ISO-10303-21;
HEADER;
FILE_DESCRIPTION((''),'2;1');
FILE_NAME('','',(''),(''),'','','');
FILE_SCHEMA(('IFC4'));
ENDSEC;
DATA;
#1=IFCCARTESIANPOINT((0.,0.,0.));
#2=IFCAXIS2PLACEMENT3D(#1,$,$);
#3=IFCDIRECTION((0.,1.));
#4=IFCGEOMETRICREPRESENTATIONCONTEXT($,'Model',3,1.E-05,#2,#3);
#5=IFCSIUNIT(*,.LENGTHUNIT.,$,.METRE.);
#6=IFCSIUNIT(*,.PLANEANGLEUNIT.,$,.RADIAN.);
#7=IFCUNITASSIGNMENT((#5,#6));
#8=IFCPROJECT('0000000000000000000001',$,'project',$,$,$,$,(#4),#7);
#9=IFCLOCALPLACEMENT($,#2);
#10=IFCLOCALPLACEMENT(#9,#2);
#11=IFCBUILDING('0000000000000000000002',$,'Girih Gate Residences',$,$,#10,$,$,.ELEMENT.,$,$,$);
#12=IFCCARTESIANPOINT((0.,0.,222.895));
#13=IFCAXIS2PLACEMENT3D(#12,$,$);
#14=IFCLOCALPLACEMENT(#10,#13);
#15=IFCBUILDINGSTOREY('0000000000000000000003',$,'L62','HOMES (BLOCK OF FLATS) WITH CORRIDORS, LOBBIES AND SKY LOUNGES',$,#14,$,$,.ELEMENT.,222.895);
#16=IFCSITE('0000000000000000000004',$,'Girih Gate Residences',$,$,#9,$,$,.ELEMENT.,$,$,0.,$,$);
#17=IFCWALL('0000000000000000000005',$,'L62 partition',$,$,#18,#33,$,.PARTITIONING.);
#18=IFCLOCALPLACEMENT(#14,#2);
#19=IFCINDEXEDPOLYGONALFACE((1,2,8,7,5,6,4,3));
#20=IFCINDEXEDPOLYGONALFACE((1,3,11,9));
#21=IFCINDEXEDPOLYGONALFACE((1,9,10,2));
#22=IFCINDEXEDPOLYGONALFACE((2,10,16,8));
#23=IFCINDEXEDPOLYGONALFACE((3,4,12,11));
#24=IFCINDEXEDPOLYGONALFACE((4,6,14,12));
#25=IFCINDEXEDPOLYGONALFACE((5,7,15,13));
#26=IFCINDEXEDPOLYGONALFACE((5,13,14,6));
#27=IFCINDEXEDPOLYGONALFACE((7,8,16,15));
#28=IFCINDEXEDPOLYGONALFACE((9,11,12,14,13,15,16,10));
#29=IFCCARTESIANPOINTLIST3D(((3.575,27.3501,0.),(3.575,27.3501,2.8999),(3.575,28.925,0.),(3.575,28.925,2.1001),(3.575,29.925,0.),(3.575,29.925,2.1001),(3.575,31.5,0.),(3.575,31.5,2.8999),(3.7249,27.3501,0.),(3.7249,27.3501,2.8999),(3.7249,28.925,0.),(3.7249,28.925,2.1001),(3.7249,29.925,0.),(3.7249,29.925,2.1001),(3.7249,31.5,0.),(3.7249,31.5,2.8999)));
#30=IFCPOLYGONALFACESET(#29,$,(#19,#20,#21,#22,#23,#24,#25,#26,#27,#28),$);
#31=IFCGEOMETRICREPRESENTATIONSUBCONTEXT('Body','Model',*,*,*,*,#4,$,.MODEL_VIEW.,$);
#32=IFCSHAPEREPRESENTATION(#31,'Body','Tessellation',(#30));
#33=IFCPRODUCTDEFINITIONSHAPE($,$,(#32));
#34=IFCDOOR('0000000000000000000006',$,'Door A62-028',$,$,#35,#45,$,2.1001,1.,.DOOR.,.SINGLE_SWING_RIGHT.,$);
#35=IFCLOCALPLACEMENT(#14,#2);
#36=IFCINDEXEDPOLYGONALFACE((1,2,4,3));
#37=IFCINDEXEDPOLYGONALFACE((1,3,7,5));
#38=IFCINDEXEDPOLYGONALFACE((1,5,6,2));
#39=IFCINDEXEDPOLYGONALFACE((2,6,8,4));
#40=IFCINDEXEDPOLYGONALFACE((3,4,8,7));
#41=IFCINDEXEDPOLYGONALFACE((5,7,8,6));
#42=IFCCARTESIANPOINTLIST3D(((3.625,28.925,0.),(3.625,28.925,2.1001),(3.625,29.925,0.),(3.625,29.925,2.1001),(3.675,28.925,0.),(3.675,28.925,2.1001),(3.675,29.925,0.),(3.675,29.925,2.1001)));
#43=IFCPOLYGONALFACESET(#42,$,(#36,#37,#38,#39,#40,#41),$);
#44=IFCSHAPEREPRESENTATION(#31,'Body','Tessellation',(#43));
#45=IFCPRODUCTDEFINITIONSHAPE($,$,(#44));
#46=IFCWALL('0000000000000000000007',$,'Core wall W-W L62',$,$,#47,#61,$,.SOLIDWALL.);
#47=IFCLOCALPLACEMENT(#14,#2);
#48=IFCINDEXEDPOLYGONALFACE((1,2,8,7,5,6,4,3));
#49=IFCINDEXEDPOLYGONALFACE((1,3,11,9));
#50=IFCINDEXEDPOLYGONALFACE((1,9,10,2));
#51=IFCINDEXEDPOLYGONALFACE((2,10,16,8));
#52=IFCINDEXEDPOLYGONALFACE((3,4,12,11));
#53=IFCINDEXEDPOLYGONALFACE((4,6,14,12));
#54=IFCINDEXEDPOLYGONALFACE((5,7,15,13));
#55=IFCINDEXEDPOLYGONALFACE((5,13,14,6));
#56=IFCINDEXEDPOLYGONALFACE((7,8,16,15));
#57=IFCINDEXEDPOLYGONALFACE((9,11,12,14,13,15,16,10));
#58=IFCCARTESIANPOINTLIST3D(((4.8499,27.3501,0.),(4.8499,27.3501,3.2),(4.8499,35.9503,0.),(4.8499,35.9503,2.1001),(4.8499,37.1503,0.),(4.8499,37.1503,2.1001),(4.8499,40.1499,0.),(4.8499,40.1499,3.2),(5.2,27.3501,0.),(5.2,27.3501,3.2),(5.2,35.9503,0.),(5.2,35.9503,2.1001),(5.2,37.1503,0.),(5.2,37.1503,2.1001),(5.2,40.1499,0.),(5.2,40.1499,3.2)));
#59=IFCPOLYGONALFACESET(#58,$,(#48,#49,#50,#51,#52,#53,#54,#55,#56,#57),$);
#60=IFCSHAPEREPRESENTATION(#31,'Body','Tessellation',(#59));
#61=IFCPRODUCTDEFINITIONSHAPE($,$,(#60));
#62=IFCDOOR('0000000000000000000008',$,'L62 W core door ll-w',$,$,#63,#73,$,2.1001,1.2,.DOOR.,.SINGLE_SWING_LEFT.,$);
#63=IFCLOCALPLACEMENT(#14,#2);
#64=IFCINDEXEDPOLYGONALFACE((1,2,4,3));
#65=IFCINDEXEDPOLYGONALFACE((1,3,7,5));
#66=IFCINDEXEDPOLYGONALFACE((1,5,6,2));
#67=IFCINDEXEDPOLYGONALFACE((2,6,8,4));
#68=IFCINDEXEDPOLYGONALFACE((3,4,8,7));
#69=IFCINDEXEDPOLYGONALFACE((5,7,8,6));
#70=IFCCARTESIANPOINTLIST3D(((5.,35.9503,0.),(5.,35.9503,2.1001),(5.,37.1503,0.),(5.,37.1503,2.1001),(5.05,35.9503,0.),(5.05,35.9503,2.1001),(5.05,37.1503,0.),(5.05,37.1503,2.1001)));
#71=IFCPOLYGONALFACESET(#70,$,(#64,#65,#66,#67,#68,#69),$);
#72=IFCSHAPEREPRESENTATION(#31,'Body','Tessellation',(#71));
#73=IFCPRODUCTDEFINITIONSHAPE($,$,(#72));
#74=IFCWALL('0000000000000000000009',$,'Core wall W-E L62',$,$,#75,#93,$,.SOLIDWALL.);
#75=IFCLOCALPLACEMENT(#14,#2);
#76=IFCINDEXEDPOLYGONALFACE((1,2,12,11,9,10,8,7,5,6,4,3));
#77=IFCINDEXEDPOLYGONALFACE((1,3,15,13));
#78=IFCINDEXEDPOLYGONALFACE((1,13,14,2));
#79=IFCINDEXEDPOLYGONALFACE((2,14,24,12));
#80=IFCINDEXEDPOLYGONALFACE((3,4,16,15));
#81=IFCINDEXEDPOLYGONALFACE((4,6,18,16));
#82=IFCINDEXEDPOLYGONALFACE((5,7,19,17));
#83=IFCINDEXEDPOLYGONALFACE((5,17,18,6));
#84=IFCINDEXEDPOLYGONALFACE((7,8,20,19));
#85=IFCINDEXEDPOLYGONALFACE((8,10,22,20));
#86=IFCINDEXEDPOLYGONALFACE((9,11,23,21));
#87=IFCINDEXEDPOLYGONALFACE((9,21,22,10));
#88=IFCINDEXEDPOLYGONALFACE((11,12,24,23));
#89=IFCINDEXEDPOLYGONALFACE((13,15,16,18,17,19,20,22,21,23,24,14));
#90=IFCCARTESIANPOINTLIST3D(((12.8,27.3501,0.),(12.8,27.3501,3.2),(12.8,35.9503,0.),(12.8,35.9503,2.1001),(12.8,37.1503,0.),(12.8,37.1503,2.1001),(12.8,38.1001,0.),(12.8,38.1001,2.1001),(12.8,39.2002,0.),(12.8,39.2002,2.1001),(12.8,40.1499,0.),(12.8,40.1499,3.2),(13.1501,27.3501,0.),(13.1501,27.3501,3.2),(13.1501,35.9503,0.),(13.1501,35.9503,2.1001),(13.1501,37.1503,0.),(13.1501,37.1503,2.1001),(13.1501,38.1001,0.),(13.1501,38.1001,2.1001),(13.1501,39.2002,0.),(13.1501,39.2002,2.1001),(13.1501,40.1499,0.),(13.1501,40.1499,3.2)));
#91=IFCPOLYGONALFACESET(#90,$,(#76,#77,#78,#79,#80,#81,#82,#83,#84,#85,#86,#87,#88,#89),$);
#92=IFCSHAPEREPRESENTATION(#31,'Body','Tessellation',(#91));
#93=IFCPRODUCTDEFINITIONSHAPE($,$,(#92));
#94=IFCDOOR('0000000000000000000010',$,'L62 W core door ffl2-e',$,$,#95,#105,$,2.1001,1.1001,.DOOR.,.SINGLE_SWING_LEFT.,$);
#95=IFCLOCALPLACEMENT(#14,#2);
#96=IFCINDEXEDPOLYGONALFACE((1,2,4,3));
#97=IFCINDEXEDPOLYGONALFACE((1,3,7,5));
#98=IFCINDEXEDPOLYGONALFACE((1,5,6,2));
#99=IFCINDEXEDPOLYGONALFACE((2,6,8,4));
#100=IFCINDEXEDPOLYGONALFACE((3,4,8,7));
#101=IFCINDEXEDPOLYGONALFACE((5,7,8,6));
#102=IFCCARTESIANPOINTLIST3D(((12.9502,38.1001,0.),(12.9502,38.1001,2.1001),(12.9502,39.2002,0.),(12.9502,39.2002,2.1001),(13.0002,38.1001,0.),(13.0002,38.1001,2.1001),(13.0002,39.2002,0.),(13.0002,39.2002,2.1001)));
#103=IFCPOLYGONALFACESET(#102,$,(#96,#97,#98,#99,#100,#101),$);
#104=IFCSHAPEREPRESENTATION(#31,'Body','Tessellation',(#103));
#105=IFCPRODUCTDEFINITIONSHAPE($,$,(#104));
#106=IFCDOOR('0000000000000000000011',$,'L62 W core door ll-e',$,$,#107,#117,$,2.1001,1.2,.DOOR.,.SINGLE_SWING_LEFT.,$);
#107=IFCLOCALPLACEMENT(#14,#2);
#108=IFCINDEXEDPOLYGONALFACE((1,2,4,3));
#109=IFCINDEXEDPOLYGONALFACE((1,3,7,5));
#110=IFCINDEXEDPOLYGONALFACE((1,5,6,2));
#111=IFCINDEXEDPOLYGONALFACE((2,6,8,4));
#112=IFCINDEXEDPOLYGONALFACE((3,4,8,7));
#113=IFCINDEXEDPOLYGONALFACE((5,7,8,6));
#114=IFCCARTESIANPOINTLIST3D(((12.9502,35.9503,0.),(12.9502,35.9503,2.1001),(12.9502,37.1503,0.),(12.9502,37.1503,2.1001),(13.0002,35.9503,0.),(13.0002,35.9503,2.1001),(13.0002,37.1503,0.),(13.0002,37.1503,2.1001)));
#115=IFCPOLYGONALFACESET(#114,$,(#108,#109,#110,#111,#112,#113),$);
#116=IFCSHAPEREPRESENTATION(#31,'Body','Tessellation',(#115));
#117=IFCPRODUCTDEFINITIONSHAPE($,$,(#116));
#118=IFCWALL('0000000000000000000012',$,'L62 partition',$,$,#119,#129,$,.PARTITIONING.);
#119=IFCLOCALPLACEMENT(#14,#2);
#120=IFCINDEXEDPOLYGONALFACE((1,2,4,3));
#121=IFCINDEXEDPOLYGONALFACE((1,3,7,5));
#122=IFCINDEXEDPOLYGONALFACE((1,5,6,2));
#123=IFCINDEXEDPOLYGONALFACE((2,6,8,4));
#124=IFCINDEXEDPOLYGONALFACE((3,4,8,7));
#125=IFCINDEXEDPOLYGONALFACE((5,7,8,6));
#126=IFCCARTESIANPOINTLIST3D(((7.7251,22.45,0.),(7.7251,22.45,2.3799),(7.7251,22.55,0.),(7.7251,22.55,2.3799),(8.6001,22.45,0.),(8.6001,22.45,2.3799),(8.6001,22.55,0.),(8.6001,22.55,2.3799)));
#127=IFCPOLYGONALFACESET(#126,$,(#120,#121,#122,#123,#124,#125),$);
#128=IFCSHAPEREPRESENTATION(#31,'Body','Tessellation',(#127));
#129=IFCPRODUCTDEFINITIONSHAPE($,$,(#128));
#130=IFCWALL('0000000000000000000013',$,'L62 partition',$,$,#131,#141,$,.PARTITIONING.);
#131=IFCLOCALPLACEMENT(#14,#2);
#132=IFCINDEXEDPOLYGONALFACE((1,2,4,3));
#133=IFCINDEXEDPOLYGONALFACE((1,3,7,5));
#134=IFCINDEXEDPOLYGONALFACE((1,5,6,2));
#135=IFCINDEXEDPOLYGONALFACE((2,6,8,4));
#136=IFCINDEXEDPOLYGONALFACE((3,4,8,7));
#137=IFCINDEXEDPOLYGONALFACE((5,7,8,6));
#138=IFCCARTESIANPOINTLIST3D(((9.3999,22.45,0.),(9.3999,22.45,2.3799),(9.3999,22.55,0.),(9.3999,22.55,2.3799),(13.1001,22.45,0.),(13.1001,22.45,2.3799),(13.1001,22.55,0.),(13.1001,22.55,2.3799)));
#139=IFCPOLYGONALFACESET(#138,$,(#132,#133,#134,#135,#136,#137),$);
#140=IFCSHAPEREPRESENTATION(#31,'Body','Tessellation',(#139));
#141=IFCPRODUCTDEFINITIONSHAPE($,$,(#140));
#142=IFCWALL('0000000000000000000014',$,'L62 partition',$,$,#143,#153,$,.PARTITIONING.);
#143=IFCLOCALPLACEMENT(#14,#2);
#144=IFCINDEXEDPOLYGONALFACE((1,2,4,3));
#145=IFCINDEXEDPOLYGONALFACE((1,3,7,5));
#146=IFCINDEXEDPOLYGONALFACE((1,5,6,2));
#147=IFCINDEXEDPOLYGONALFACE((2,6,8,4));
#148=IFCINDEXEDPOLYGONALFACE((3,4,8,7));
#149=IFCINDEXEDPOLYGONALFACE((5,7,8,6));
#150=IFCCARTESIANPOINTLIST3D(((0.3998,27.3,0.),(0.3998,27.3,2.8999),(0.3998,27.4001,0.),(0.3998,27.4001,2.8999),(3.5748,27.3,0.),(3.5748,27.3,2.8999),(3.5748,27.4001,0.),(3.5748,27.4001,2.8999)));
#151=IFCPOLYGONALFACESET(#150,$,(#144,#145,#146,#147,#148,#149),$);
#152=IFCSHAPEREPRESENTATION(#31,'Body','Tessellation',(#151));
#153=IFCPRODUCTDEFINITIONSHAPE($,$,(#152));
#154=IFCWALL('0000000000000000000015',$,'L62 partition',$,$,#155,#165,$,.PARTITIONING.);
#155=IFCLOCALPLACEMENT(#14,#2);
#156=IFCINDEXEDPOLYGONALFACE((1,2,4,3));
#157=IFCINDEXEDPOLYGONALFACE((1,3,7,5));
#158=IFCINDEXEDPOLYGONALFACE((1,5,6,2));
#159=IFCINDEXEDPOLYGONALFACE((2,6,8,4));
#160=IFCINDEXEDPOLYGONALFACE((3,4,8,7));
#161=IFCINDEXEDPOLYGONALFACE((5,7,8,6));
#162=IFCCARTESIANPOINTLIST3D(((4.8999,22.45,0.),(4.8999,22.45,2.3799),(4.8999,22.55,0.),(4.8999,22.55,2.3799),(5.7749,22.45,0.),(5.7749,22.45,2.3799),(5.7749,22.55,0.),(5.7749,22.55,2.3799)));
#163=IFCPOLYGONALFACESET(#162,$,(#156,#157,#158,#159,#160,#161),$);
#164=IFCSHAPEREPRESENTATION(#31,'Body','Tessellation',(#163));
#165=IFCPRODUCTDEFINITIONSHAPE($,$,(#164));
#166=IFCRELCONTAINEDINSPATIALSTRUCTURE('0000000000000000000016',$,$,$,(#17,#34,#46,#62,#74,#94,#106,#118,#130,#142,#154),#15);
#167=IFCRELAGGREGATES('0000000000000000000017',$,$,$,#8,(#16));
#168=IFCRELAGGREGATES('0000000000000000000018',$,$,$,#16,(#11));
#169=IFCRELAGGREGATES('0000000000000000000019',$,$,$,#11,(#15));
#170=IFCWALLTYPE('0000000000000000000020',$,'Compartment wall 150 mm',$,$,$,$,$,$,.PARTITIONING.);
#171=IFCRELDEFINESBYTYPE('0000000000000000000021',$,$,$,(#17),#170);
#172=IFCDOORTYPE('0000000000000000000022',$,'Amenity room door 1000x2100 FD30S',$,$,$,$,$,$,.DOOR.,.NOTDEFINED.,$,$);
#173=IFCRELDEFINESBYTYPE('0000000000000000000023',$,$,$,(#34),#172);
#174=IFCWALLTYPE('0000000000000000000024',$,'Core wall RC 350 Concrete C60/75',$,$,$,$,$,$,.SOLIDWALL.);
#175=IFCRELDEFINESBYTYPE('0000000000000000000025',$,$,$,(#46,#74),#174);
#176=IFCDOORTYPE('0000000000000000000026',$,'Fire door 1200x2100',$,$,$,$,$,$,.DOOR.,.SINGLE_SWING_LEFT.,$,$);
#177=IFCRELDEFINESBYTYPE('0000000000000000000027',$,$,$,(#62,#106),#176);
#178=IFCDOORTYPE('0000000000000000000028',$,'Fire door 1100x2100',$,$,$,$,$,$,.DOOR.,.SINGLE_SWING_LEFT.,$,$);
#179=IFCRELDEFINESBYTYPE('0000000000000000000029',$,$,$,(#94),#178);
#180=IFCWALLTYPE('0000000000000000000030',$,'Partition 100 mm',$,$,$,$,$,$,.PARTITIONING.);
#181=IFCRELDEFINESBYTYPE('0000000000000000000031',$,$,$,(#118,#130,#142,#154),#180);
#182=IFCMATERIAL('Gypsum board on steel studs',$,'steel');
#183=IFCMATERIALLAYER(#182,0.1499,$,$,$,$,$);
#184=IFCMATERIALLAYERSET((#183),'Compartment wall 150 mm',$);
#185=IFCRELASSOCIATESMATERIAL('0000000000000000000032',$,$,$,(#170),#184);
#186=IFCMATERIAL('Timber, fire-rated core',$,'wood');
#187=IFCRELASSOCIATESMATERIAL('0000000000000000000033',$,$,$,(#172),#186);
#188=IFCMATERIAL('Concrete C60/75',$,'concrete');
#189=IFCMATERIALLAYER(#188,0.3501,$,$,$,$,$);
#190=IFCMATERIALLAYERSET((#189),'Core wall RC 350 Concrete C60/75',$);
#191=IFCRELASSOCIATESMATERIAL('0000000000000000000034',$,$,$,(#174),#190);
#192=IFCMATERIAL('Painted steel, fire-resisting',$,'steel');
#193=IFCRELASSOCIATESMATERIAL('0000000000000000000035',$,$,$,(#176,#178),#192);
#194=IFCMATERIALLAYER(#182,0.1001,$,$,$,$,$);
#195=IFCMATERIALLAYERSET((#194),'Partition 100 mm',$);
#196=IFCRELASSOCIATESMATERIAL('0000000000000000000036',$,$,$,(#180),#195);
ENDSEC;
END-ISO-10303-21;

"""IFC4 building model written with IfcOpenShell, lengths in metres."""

from ifc_helpers import new_model, si_unit, direction, frame, frame_2d, origin, place, context, subcontext, project, spatial, rectangle, extrude, material, layer, layer_set, type_object, element, fill, save


model = new_model("IFC4")

# Units and contexts
model_context = context("Model", 3, precision=1e-05, world=origin(), true_north=direction((0.0, 1.0)))
body_context = subcontext(model_context, "Body", "Model", "MODEL_VIEW")
ifc_project = project(units=[si_unit("LENGTHUNIT", "METRE"), si_unit("PLANEANGLEUNIT", "RADIAN")], contexts=[model_context])

# Site, building, storey
site_placement = place(None, origin())
site = spatial("IfcSite", under=ifc_project, at=site_placement, Name="Girih Gate Residences", CompositionType="ELEMENT", RefElevation=0.0)
building_placement = place(site_placement, origin())
building = spatial("IfcBuilding", under=site, at=building_placement, Name="Girih Gate Residences", CompositionType="ELEMENT")
storey_placement = place(building_placement, frame((0.0, 0.0, 222.895)))
storey = spatial("IfcBuildingStorey", under=building, at=storey_placement, Name="L62", Description="HOMES (BLOCK OF FLATS) WITH CORRIDORS, LOBBIES AND SKY LOUNGES", CompositionType="ELEMENT", Elevation=222.895)

# Shared definitions
ifc_material_1 = material(Name="Concrete C60/75", Category="concrete")

# Shared definitions
ifc_material_2 = material(Name="Gypsum board on steel studs", Category="steel")
ifc_layer_1 = layer(ifc_material_2, 0.1499)
ifc_layer_set_1 = layer_set([ifc_layer_1], Name="Compartment wall 150 mm")
wall_type_1 = type_object("IfcWallType", Name="Compartment wall 150 mm", PredefinedType="PARTITIONING", material=ifc_layer_set_1)
ifc_material_3 = material(Name="Timber, fire-rated core", Category="wood")
door_type_1 = type_object("IfcDoorType", Name="Amenity room door 1000x2100 FD30S", OperationType="NOTDEFINED", PredefinedType="DOOR", material=ifc_material_3)

# Walls, openings, doors
wall_1_placement = place(storey_placement, frame((3.6499, 27.3501, 0.0), z_axis=(0.0, 0.0, 1.0), x_axis=(0.0, 1.0, 0.0)))
wall_1 = element("IfcWall", 1, at=wall_1_placement, inside=storey, type_object=wall_type_1, Name="L62 partition", PredefinedType="PARTITIONING", context=body_context, shape_type="SweptSolid", body=[
    extrude(rectangle(XDim=4.1499, YDim=0.1499, at=frame_2d((2.075, 0.0))), origin(), (0.0, 0.0, 1.0), 2.8999),
])
opening_1_placement = place(wall_1_placement, frame((1.575, 0.0, 0.0)))
opening_1 = element("IfcOpeningElement", 2, at=opening_1_placement, cuts=wall_1, PredefinedType="OPENING", context=body_context, shape_type="SweptSolid", body=[
    extrude(rectangle(XDim=1.0, YDim=2.1001, at=frame_2d((0.5, 1.05))), frame((0.0, 0.085, 0.0), z_axis=(0.0, -1.0, 0.0), x_axis=(1.0, 0.0, 0.0)), (0.0, 0.0, 1.0), 0.1699),
])
door_1_placement = place(opening_1_placement, origin())
door_1 = element("IfcDoor", 3, at=door_1_placement, inside=storey, type_object=door_type_1, Name="Door A62-028", OperationType="SINGLE_SWING_RIGHT", OverallHeight=2.1001, OverallWidth=1.0, PredefinedType="DOOR", context=body_context, shape_type="SweptSolid", body=[
    extrude(rectangle(XDim=1.0, YDim=2.1001, at=frame_2d((0.5, 1.05))), frame((0.0, 0.0249, 0.0), z_axis=(0.0, -1.0, 0.0), x_axis=(1.0, 0.0, 0.0)), (0.0, 0.0, 1.0), 0.05),
])
fill(opening_1, door_1)
ifc_layer_2 = layer(ifc_material_1, 0.3501)
ifc_layer_set_2 = layer_set([ifc_layer_2], Name="Core wall RC 350 Concrete C60/75")
wall_type_2 = type_object("IfcWallType", Name="Core wall RC 350 Concrete C60/75", PredefinedType="SOLIDWALL", material=ifc_layer_set_2)
wall_2_placement = place(storey_placement, frame((5.0249, 27.3501, 0.0), z_axis=(0.0, 0.0, 1.0), x_axis=(0.0, 1.0, 0.0)))
wall_2 = element("IfcWall", 4, at=wall_2_placement, inside=storey, type_object=wall_type_2, Name="Core wall W-W L62", PredefinedType="SOLIDWALL", context=body_context, shape_type="SweptSolid", body=[
    extrude(rectangle(XDim=12.7998, YDim=0.3501, at=frame_2d((6.3999, 0.0))), origin(), (0.0, 0.0, 1.0), 3.2),
])
opening_2_placement = place(wall_2_placement, frame((8.6001, 0.0, 0.0)))
opening_2 = element("IfcOpeningElement", 5, at=opening_2_placement, cuts=wall_2, PredefinedType="OPENING", context=body_context, shape_type="SweptSolid", body=[
    extrude(rectangle(XDim=1.2, YDim=2.1001, at=frame_2d((0.6001, 1.05))), frame((0.0, 0.1851, 0.0), z_axis=(0.0, -1.0, 0.0), x_axis=(1.0, 0.0, 0.0)), (0.0, 0.0, 1.0), 0.3701),
])
ifc_material_4 = material(Name="Painted steel, fire-resisting", Category="steel")
door_type_2 = type_object("IfcDoorType", Name="Fire door 1200x2100", OperationType="SINGLE_SWING_LEFT", PredefinedType="DOOR", material=ifc_material_4)
door_2_placement = place(opening_2_placement, origin())
door_2 = element("IfcDoor", 6, at=door_2_placement, inside=storey, type_object=door_type_2, Name="L62 W core door ll-w", OperationType="SINGLE_SWING_LEFT", OverallHeight=2.1001, OverallWidth=1.2, PredefinedType="DOOR", context=body_context, shape_type="SweptSolid", body=[
    extrude(rectangle(XDim=1.2, YDim=2.1001, at=frame_2d((0.6001, 1.05))), frame((0.0, 0.0249, 0.0), z_axis=(0.0, -1.0, 0.0), x_axis=(1.0, 0.0, 0.0)), (0.0, 0.0, 1.0), 0.05),
])
fill(opening_2, door_2)

# Wall, openings, doors
wall_3_placement = place(storey_placement, frame((12.9751, 27.3501, 0.0), z_axis=(0.0, 0.0, 1.0), x_axis=(0.0, 1.0, 0.0)))
wall_3 = element("IfcWall", 7, at=wall_3_placement, inside=storey, type_object=wall_type_2, Name="Core wall W-E L62", PredefinedType="SOLIDWALL", context=body_context, shape_type="SweptSolid", body=[
    extrude(rectangle(XDim=12.7998, YDim=0.3501, at=frame_2d((6.3999, 0.0))), origin(), (0.0, 0.0, 1.0), 3.2),
])
opening_3_placement = place(wall_3_placement, frame((10.75, 0.0, 0.0)))
opening_3 = element("IfcOpeningElement", 8, at=opening_3_placement, cuts=wall_3, PredefinedType="OPENING", context=body_context, shape_type="SweptSolid", body=[
    extrude(rectangle(XDim=1.1001, YDim=2.1001, at=frame_2d((0.55, 1.05))), frame((0.0, 0.1851, 0.0), z_axis=(0.0, -1.0, 0.0), x_axis=(1.0, 0.0, 0.0)), (0.0, 0.0, 1.0), 0.3701),
])
opening_4_placement = place(wall_3_placement, frame((8.6001, 0.0, 0.0)))
opening_4 = element("IfcOpeningElement", 9, at=opening_4_placement, cuts=wall_3, PredefinedType="OPENING", context=body_context, shape_type="SweptSolid", body=[
    extrude(rectangle(XDim=1.2, YDim=2.1001, at=frame_2d((0.6001, 1.05))), frame((0.0, 0.1851, 0.0), z_axis=(0.0, -1.0, 0.0), x_axis=(1.0, 0.0, 0.0)), (0.0, 0.0, 1.0), 0.3701),
])
door_type_3 = type_object("IfcDoorType", Name="Fire door 1100x2100", OperationType="SINGLE_SWING_LEFT", PredefinedType="DOOR", material=ifc_material_4)
door_3_placement = place(opening_3_placement, origin())
door_3 = element("IfcDoor", 10, at=door_3_placement, inside=storey, type_object=door_type_3, Name="L62 W core door ffl2-e", OperationType="SINGLE_SWING_LEFT", OverallHeight=2.1001, OverallWidth=1.1001, PredefinedType="DOOR", context=body_context, shape_type="SweptSolid", body=[
    extrude(rectangle(XDim=1.1001, YDim=2.1001, at=frame_2d((0.55, 1.05))), frame((0.0, 0.0249, 0.0), z_axis=(0.0, -1.0, 0.0), x_axis=(1.0, 0.0, 0.0)), (0.0, 0.0, 1.0), 0.05),
])
fill(opening_3, door_3)
door_4_placement = place(opening_4_placement, origin())
door_4 = element("IfcDoor", 11, at=door_4_placement, inside=storey, type_object=door_type_2, Name="L62 W core door ll-e", OperationType="SINGLE_SWING_LEFT", OverallHeight=2.1001, OverallWidth=1.2, PredefinedType="DOOR", context=body_context, shape_type="SweptSolid", body=[
    extrude(rectangle(XDim=1.2, YDim=2.1001, at=frame_2d((0.6001, 1.05))), frame((0.0, 0.0249, 0.0), z_axis=(0.0, -1.0, 0.0), x_axis=(1.0, 0.0, 0.0)), (0.0, 0.0, 1.0), 0.05),
])
fill(opening_4, door_4)

# Walls
ifc_layer_3 = layer(ifc_material_2, 0.1001)
ifc_layer_set_3 = layer_set([ifc_layer_3], Name="Partition 100 mm")
wall_type_3 = type_object("IfcWallType", Name="Partition 100 mm", PredefinedType="PARTITIONING", material=ifc_layer_set_3)
wall_4_placement = place(storey_placement, frame((7.7251, 22.5, 0.0), z_axis=(0.0, 0.0, 1.0), x_axis=(1.0, 0.0, 0.0)))
element("IfcWall", 12, at=wall_4_placement, inside=storey, type_object=wall_type_3, Name="L62 partition", PredefinedType="PARTITIONING", context=body_context, shape_type="SweptSolid", body=[
    extrude(rectangle(XDim=0.875, YDim=0.1001, at=frame_2d((0.4375, 0.0))), origin(), (0.0, 0.0, 1.0), 2.3799),
])
wall_5_placement = place(storey_placement, frame((9.3999, 22.5, 0.0), z_axis=(0.0, 0.0, 1.0), x_axis=(1.0, 0.0, 0.0)))
element("IfcWall", 13, at=wall_5_placement, inside=storey, type_object=wall_type_3, Name="L62 partition", PredefinedType="PARTITIONING", context=body_context, shape_type="SweptSolid", body=[
    extrude(rectangle(XDim=3.7002, YDim=0.1001, at=frame_2d((1.8501, 0.0))), origin(), (0.0, 0.0, 1.0), 2.3799),
])
wall_6_placement = place(storey_placement, frame((0.3999, 27.3501, 0.0), z_axis=(0.0, 0.0, 1.0), x_axis=(1.0, 0.0, 0.0)))
element("IfcWall", 14, at=wall_6_placement, inside=storey, type_object=wall_type_3, Name="L62 partition", PredefinedType="PARTITIONING", context=body_context, shape_type="SweptSolid", body=[
    extrude(rectangle(XDim=3.175, YDim=0.1001, at=frame_2d((1.5874, 0.0))), origin(), (0.0, 0.0, 1.0), 2.8999),
])
wall_7_placement = place(storey_placement, frame((4.8999, 22.5, 0.0), z_axis=(0.0, 0.0, 1.0), x_axis=(1.0, 0.0, 0.0)))
element("IfcWall", 15, at=wall_7_placement, inside=storey, type_object=wall_type_3, Name="L62 partition", PredefinedType="PARTITIONING", context=body_context, shape_type="SweptSolid", body=[
    extrude(rectangle(XDim=0.875, YDim=0.1001, at=frame_2d((0.4375, 0.0))), origin(), (0.0, 0.0, 1.0), 2.3799),
])

save(model, "model.ifc")
